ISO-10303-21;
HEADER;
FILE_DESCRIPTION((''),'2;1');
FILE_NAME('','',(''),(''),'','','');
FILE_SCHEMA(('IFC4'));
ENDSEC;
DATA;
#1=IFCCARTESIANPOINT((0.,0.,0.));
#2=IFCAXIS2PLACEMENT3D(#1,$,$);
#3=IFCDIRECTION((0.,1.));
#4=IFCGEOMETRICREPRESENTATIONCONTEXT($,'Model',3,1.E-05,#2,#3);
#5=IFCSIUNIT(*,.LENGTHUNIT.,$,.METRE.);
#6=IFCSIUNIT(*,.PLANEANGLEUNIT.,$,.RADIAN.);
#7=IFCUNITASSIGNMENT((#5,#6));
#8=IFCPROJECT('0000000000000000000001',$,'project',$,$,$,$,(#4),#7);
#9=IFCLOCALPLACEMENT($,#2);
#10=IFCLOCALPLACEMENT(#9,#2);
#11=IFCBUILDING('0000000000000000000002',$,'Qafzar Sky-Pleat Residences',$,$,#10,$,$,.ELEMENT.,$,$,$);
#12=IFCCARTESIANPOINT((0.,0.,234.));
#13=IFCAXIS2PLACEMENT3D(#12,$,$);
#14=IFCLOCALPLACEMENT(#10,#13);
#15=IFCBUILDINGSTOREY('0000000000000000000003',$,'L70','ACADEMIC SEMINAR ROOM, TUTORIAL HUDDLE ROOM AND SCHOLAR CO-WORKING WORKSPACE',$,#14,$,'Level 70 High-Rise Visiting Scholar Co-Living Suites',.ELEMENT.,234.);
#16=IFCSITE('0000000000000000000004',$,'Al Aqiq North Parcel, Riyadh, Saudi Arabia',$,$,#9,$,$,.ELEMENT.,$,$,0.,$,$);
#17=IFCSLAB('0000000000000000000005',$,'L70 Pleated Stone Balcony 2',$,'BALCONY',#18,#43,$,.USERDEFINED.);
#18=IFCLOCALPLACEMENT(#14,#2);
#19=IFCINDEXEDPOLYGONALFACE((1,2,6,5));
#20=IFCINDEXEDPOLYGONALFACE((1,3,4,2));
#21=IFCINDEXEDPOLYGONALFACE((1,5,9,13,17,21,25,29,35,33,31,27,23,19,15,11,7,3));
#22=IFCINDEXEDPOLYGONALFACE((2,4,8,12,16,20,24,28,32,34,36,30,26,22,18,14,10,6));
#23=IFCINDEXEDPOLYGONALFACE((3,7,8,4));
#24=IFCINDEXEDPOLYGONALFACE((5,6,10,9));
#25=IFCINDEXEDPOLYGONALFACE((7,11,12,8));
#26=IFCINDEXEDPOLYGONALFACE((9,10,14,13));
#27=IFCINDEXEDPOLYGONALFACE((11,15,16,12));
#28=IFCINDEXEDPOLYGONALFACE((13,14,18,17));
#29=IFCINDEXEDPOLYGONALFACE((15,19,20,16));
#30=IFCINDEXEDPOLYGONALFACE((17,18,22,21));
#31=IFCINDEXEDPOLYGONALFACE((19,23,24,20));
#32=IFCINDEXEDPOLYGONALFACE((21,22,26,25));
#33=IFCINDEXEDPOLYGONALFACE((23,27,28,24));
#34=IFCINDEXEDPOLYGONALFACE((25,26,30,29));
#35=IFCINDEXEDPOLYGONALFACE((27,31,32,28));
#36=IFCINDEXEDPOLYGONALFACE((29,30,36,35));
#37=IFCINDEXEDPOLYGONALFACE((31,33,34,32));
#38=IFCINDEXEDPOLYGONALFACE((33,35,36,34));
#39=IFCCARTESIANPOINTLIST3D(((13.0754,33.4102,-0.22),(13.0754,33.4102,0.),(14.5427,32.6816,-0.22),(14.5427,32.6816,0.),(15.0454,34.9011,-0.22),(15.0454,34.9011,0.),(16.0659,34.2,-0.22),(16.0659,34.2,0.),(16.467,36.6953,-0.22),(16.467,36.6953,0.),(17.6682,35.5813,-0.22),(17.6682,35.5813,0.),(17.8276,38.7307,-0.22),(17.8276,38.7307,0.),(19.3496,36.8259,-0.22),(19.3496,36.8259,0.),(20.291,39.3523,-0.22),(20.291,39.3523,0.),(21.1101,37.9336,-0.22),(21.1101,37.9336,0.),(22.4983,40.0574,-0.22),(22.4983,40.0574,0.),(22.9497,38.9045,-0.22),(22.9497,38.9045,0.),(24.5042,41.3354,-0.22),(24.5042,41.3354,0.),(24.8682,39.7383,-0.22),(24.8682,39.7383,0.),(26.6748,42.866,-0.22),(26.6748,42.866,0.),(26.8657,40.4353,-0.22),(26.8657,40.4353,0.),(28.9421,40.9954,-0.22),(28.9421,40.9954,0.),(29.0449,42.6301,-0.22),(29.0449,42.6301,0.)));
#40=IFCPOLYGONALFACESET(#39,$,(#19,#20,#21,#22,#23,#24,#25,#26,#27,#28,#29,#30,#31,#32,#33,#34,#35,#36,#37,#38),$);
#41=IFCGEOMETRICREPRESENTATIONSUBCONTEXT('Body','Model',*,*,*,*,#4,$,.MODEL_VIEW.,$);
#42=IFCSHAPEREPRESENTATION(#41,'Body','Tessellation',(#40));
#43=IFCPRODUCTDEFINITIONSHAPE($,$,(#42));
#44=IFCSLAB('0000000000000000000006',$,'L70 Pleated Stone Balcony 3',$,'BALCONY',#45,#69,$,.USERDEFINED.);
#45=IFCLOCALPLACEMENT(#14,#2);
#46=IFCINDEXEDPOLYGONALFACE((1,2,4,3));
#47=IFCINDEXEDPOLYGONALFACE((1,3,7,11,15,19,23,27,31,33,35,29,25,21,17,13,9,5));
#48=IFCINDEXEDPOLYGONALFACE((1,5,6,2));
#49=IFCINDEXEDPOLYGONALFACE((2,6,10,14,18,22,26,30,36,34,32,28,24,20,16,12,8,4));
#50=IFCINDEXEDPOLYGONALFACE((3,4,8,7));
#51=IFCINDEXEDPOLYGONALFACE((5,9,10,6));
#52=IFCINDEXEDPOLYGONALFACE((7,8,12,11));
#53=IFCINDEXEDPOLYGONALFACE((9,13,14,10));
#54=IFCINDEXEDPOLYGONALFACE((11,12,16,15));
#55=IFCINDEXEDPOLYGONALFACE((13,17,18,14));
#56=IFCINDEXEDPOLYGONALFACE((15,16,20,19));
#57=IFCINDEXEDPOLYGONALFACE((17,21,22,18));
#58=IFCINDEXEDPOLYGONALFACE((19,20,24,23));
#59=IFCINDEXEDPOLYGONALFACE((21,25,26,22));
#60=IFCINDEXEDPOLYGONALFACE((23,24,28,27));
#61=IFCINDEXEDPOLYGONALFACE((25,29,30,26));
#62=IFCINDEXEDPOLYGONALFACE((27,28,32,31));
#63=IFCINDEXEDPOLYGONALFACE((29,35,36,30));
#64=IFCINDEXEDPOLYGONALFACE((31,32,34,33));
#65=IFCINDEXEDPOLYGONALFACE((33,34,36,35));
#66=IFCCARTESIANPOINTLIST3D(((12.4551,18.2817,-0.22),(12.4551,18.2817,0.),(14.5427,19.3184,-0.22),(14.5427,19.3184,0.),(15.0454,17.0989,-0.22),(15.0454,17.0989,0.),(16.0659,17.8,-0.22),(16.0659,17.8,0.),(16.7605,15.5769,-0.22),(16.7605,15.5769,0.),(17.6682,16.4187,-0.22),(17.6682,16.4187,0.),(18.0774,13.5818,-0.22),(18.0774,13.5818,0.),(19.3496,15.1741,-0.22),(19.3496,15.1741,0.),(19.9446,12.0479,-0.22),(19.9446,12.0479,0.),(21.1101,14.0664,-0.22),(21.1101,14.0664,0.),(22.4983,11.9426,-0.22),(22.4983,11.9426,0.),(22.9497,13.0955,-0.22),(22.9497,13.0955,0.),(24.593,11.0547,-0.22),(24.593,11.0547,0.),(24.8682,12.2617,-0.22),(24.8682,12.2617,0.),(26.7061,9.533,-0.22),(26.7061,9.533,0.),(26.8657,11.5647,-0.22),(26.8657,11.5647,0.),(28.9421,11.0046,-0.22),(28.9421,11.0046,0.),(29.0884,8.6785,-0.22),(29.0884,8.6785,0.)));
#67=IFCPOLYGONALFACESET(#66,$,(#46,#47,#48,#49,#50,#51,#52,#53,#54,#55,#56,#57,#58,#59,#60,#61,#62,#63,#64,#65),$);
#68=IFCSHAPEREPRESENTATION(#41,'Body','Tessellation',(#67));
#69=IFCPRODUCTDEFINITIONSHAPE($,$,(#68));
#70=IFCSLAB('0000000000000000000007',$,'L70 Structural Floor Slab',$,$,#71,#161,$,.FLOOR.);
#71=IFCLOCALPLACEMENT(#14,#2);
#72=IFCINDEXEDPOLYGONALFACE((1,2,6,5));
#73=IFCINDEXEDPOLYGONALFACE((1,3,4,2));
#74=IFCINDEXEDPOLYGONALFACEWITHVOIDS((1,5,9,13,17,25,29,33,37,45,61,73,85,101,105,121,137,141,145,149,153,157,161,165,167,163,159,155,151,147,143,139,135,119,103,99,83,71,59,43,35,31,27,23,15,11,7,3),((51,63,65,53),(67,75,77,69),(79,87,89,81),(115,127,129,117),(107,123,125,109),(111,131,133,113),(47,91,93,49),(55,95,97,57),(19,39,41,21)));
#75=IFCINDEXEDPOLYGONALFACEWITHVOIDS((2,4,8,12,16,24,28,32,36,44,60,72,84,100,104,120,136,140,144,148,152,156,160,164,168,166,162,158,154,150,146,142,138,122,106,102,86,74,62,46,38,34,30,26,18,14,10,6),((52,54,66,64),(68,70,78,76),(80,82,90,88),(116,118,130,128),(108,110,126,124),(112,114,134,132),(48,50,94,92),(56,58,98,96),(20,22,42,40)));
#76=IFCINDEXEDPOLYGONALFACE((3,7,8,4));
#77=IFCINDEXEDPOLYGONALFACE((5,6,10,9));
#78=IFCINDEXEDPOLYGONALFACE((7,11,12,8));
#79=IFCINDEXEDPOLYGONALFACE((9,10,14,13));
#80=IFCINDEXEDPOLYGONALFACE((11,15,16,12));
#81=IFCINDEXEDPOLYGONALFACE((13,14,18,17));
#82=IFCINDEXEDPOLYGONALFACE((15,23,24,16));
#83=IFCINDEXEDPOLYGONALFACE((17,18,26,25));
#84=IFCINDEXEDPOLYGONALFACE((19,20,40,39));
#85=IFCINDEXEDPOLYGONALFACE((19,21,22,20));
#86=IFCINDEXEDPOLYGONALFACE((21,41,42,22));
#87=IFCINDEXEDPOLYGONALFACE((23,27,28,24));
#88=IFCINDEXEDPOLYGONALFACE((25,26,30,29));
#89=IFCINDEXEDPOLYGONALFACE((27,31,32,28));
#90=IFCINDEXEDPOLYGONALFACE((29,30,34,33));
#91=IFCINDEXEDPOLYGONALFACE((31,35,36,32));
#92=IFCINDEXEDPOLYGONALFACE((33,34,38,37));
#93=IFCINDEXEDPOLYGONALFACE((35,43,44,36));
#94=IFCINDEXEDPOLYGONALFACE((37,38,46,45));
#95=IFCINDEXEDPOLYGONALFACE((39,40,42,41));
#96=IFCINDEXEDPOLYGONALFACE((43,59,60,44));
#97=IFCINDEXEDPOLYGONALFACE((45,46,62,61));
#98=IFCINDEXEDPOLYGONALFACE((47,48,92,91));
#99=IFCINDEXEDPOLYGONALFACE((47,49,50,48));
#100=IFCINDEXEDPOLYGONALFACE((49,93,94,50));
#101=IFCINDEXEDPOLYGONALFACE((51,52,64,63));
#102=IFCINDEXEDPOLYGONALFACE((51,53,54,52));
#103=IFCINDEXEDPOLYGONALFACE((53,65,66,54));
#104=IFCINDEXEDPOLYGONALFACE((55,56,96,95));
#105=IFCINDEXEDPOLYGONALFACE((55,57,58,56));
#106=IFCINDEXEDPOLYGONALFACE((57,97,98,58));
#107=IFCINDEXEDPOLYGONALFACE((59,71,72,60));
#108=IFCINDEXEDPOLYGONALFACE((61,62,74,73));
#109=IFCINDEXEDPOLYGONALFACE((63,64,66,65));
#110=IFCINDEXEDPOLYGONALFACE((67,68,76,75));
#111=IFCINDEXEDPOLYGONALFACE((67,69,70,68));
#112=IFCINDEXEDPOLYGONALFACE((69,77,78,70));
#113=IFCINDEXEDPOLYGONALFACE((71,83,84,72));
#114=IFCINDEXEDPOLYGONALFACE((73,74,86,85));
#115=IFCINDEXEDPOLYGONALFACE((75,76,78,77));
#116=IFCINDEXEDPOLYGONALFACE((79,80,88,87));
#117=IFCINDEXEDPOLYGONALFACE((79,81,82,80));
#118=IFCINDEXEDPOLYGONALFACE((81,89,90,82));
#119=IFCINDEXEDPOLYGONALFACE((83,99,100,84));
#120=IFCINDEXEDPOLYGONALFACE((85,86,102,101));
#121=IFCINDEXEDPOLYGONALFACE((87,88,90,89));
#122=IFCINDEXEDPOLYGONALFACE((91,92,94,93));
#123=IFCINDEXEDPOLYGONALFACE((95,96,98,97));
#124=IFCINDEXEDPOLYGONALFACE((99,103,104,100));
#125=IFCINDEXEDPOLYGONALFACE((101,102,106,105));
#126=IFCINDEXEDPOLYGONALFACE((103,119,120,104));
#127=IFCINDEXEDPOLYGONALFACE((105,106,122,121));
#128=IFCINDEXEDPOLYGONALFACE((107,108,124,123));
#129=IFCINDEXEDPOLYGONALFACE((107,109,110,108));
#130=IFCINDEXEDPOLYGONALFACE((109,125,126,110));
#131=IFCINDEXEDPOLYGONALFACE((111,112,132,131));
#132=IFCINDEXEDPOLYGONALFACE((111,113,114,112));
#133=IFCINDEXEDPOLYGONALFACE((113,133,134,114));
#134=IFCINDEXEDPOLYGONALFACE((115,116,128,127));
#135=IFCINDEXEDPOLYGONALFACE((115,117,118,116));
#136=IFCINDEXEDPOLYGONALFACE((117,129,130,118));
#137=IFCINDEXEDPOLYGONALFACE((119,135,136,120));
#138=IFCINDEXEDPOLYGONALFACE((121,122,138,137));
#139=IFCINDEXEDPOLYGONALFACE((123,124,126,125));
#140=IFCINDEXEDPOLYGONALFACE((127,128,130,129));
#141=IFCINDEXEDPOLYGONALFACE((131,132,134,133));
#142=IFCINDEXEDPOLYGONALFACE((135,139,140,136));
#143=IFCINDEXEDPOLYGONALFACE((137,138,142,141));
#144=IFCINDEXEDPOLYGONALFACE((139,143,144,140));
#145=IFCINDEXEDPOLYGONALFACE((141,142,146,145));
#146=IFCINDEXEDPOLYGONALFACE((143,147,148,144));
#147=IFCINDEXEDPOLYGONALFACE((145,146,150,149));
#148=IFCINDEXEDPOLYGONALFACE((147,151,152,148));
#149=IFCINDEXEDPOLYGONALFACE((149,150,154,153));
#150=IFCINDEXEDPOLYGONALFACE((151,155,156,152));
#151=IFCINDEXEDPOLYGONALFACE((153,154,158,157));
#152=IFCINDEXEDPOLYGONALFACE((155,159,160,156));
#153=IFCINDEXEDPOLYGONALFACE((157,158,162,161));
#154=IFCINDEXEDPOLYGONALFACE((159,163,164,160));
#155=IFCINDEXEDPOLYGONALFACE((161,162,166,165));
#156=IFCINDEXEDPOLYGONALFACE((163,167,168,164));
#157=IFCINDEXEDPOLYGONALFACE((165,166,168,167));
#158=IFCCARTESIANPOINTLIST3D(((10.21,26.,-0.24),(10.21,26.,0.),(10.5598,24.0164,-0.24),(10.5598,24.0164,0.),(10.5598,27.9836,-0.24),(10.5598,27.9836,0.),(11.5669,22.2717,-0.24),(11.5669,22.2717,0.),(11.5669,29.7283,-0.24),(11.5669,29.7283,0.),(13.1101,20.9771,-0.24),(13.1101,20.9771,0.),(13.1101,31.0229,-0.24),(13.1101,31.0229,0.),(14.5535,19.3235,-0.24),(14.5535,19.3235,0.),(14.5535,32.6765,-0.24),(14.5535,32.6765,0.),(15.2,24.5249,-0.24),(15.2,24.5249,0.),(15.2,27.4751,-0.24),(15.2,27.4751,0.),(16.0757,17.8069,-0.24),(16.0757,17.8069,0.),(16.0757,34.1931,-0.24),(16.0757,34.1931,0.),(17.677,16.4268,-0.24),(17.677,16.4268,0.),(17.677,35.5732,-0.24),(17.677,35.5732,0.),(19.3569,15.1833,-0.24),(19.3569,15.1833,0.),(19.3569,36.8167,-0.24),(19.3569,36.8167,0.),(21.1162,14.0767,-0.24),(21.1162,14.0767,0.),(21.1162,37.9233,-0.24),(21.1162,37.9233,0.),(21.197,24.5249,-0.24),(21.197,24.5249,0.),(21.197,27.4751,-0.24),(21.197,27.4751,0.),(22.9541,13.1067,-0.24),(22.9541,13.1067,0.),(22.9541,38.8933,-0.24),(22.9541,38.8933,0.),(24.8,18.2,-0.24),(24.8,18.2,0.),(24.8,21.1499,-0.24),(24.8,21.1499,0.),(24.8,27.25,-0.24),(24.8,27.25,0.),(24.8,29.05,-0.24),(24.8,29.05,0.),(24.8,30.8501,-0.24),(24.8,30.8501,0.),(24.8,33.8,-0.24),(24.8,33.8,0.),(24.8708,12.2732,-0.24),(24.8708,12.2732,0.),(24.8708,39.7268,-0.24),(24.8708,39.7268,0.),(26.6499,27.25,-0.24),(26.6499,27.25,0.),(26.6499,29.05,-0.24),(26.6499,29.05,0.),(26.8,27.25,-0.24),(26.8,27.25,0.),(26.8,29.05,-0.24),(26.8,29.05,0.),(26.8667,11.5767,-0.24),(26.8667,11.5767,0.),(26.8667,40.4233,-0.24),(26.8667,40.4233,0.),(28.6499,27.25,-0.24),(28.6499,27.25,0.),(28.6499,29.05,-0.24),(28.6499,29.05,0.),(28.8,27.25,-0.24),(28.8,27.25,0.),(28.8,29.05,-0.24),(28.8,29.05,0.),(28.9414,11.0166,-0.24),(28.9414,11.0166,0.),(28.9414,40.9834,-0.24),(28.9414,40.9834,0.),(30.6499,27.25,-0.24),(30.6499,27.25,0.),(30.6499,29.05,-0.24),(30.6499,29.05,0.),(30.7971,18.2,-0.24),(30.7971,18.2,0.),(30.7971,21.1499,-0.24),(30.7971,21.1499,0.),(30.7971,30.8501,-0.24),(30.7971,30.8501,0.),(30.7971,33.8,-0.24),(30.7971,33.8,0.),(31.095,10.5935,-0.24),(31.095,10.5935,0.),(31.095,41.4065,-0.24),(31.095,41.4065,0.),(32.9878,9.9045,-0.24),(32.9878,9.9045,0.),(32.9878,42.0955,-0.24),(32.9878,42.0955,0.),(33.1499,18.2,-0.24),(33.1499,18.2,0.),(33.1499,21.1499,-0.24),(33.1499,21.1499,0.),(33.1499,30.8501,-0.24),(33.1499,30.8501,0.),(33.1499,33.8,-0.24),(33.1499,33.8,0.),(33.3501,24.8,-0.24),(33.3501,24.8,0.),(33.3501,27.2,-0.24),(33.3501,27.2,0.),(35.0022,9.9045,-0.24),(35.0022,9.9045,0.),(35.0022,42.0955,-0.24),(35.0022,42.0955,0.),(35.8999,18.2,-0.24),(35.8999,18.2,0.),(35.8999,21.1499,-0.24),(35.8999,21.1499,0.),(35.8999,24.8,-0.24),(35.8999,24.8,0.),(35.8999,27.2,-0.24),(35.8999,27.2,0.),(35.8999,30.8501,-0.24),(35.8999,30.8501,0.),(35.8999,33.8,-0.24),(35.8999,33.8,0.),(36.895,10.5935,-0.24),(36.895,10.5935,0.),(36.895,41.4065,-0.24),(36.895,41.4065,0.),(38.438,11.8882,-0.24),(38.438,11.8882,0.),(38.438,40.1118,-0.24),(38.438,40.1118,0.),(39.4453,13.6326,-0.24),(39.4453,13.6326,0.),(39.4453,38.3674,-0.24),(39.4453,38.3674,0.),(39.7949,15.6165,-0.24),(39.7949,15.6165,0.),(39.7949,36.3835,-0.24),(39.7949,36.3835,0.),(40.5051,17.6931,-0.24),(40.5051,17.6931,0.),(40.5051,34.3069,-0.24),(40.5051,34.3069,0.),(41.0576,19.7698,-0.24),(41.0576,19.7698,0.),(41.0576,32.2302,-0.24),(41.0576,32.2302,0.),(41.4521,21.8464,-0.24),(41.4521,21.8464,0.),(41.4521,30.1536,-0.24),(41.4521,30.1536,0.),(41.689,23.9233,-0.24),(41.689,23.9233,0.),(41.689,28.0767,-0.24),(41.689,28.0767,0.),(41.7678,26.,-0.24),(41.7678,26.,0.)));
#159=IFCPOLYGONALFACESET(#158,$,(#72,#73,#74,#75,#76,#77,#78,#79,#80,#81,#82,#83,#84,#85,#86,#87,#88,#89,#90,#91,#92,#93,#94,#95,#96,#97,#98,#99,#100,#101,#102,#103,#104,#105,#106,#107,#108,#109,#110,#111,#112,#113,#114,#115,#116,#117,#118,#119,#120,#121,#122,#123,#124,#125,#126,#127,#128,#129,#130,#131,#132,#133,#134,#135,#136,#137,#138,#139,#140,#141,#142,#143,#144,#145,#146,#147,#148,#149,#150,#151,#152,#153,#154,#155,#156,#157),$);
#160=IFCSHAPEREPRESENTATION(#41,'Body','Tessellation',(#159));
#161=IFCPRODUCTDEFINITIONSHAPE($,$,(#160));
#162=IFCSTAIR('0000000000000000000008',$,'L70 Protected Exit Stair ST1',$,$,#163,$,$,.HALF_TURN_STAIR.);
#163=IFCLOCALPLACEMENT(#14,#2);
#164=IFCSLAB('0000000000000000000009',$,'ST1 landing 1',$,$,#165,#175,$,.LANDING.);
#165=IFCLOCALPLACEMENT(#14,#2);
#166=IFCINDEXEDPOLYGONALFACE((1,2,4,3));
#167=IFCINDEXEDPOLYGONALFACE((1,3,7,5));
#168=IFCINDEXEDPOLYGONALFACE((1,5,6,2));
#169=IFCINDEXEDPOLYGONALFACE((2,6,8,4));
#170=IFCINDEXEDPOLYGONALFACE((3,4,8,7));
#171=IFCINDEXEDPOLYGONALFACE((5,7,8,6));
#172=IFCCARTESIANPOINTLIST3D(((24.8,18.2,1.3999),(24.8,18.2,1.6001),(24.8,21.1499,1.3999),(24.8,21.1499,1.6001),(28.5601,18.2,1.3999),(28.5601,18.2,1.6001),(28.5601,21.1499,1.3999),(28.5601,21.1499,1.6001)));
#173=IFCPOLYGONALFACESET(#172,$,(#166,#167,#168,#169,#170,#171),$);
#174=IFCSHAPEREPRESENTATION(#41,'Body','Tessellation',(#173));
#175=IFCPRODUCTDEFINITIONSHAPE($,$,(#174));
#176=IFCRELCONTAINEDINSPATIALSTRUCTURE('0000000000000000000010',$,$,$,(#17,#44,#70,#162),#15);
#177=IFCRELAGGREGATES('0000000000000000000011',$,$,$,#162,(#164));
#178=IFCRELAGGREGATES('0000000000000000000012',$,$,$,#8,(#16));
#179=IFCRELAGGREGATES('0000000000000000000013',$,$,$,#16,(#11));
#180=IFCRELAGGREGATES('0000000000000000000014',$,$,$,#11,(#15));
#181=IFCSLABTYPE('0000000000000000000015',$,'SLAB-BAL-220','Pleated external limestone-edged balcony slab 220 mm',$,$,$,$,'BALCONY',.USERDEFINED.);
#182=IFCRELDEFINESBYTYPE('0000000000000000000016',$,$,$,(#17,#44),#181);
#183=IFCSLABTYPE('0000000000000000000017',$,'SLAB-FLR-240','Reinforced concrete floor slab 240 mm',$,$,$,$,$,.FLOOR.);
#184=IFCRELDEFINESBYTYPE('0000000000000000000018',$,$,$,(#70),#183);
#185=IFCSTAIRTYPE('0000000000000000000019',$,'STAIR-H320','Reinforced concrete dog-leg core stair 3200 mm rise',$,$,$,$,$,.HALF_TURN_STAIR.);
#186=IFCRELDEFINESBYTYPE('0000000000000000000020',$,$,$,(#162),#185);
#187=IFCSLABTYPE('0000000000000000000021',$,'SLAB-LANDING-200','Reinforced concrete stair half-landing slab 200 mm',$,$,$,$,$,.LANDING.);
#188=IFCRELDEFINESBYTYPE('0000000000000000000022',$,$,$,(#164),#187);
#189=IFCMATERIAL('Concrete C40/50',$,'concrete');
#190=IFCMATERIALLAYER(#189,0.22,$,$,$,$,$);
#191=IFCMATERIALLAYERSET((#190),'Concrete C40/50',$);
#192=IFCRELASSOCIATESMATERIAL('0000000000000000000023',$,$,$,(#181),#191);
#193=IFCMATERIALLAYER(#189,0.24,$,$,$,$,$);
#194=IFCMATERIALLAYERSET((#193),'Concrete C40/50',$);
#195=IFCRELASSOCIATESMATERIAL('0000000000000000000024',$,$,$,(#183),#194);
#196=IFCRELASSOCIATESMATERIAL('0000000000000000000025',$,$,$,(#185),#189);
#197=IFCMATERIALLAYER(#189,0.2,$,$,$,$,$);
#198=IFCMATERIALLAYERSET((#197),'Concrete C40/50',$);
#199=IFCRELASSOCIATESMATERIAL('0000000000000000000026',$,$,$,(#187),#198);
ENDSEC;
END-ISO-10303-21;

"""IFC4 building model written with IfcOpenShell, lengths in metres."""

from ifc_helpers import new_model, si_unit, direction, frame, origin, place, context, subcontext, project, spatial, polyline, outline, extrude, material, layer, layer_set, type_object, element, aggregate, save


model = new_model("IFC4")

# Units and contexts
model_context = context("Model", 3, precision=1e-05, world=origin(), true_north=direction((0.0, 1.0)))
body_context = subcontext(model_context, "Body", "Model", "MODEL_VIEW")
ifc_project = project(units=[si_unit("LENGTHUNIT", "METRE"), si_unit("PLANEANGLEUNIT", "RADIAN")], contexts=[model_context])

# Site, building, storey
site_placement = place(None, origin())
site = spatial("IfcSite", under=ifc_project, at=site_placement, Name="Al Aqiq North Parcel, Riyadh, Saudi Arabia", CompositionType="ELEMENT", RefElevation=0.0)
building_placement = place(site_placement, origin())
building = spatial("IfcBuilding", under=site, at=building_placement, Name="Qafzar Sky-Pleat Residences", CompositionType="ELEMENT")
storey_placement = place(building_placement, frame((0.0, 0.0, 234.0)))
storey = spatial("IfcBuildingStorey", under=building, at=storey_placement, Name="L70", Description="ACADEMIC SEMINAR ROOM, TUTORIAL HUDDLE ROOM AND SCHOLAR CO-WORKING WORKSPACE", LongName="Level 70 High-Rise Visiting Scholar Co-Living Suites", CompositionType="ELEMENT", Elevation=234.0)

# Slabs
ifc_material_1 = material(Name="Concrete C40/50", Category="concrete")
ifc_layer_1 = layer(ifc_material_1, 0.22)
ifc_layer_set_1 = layer_set([ifc_layer_1], Name="Concrete C40/50")
slab_type_1 = type_object("IfcSlabType", Name="SLAB-BAL-220", Description="Pleated external limestone-edged balcony slab 220 mm", ElementType="BALCONY", PredefinedType="USERDEFINED", material=ifc_layer_set_1)
slab_1_placement = place(storey_placement, frame((0.0, 0.0, -0.22)))
element("IfcSlab", 1, at=slab_1_placement, inside=storey, type_object=slab_type_1, Name="L70 Pleated Stone Balcony 2", ObjectType="BALCONY", PredefinedType="USERDEFINED", context=body_context, shape_type="SweptSolid", body=[
    extrude(outline(polyline([(26.8657, 40.4353), (24.8682, 39.7383), (22.9497, 38.9045), (21.1101, 37.9336), (19.3496, 36.8259), (17.6682, 35.5813), (16.0659, 34.2), (14.5427, 32.6816), (13.0754, 33.4102), (15.0454, 34.9011), (16.467, 36.6953), (17.8276, 38.7307), (20.291, 39.3523), (22.4983, 40.0574), (24.5042, 41.3354), (26.6748, 42.866), (29.0449, 42.6301), (28.9421, 40.9954), (26.8657, 40.4353)])), origin(), (0.0, 0.0, 1.0), 0.22),
])
slab_2_placement = place(storey_placement, frame((0.0, 0.0, -0.22)))
element("IfcSlab", 2, at=slab_2_placement, inside=storey, type_object=slab_type_1, Name="L70 Pleated Stone Balcony 3", ObjectType="BALCONY", PredefinedType="USERDEFINED", context=body_context, shape_type="SweptSolid", body=[
    extrude(outline(polyline([(16.0659, 17.8), (17.6682, 16.4187), (19.3496, 15.1741), (21.1101, 14.0664), (22.9497, 13.0955), (24.8682, 12.2617), (26.8657, 11.5647), (28.9421, 11.0046), (29.0884, 8.6785), (26.7061, 9.533), (24.593, 11.0547), (22.4983, 11.9426), (19.9446, 12.0479), (18.0774, 13.5818), (16.7605, 15.5769), (15.0454, 17.0989), (12.4551, 18.2817), (14.5427, 19.3184), (16.0659, 17.8)])), origin(), (0.0, 0.0, 1.0), 0.22),
])
ifc_layer_2 = layer(ifc_material_1, 0.24)
ifc_layer_set_2 = layer_set([ifc_layer_2], Name="Concrete C40/50")
slab_type_2 = type_object("IfcSlabType", Name="SLAB-FLR-240", Description="Reinforced concrete floor slab 240 mm", PredefinedType="FLOOR", material=ifc_layer_set_2)
slab_3_placement = place(storey_placement, frame((0.0, 0.0, -0.24)))
element("IfcSlab", 3, at=slab_3_placement, inside=storey, type_object=slab_type_2, Name="L70 Structural Floor Slab", PredefinedType="FLOOR", context=body_context, shape_type="SweptSolid", body=[
    extrude(outline(polyline([(13.1101, 31.0229), (11.5669, 29.7283), (10.5598, 27.9836), (10.21, 26.0), (10.5598, 24.0164), (11.5669, 22.2717), (13.1101, 20.9771), (14.5535, 19.3235), (16.0757, 17.8069), (17.677, 16.4268), (19.3569, 15.1833), (21.1162, 14.0767), (22.9541, 13.1067), (24.8708, 12.2732), (26.8667, 11.5767), (28.9414, 11.0166), (31.095, 10.5935), (32.9878, 9.9045), (35.0022, 9.9045), (36.895, 10.5935), (38.438, 11.8882), (39.4453, 13.6326), (39.7949, 15.6165), (40.5051, 17.6931), (41.0576, 19.7698), (41.4521, 21.8464), (41.689, 23.9233), (41.7678, 26.0), (41.689, 28.0767), (41.4521, 30.1536), (41.0576, 32.2302), (40.5051, 34.3069), (39.7949, 36.3835), (39.4453, 38.3674), (38.438, 40.1118), (36.895, 41.4065), (35.0022, 42.0955), (32.9878, 42.0955), (31.095, 41.4065), (28.9414, 40.9834), (26.8667, 40.4233), (24.8708, 39.7268), (22.9541, 38.8933), (21.1162, 37.9233), (19.3569, 36.8167), (17.677, 35.5732), (16.0757, 34.1931), (14.5535, 32.6765), (13.1101, 31.0229)]), holes=[polyline([(30.7971, 21.1499), (24.8, 21.1499), (24.8, 18.2), (30.7971, 18.2), (30.7971, 21.1499)]), polyline([(30.7971, 33.8), (24.8, 33.8), (24.8, 30.8501), (30.7971, 30.8501), (30.7971, 33.8)]), polyline([(21.197, 27.4751), (15.2, 27.4751), (15.2, 24.5249), (21.197, 24.5249), (21.197, 27.4751)]), polyline([(24.8, 27.25), (26.6499, 27.25), (26.6499, 29.05), (24.8, 29.05), (24.8, 27.25)]), polyline([(26.8, 27.25), (28.6499, 27.25), (28.6499, 29.05), (26.8, 29.05), (26.8, 27.25)]), polyline([(28.8, 27.25), (30.6499, 27.25), (30.6499, 29.05), (28.8, 29.05), (28.8, 27.25)]), polyline([(33.1499, 18.2), (35.8999, 18.2), (35.8999, 21.1499), (33.1499, 21.1499), (33.1499, 18.2)]), polyline([(33.1499, 30.8501), (35.8999, 30.8501), (35.8999, 33.8), (33.1499, 33.8), (33.1499, 30.8501)]), polyline([(33.3501, 24.8), (35.8999, 24.8), (35.8999, 27.2), (33.3501, 27.2), (33.3501, 24.8)])]), origin(), (0.0, 0.0, 1.0), 0.24),
])

# Stair, slab
stair_type = type_object("IfcStairType", Name="STAIR-H320", Description="Reinforced concrete dog-leg core stair 3200 mm rise", PredefinedType="HALF_TURN_STAIR", material=ifc_material_1)
stair_1_placement = place(storey_placement, origin())
stair_1 = element("IfcStair", 4, at=stair_1_placement, inside=storey, type_object=stair_type, Name="L70 Protected Exit Stair ST1", PredefinedType="HALF_TURN_STAIR")
ifc_layer_3 = layer(ifc_material_1, 0.2)
ifc_layer_set_3 = layer_set([ifc_layer_3], Name="Concrete C40/50")
slab_type_3 = type_object("IfcSlabType", Name="SLAB-LANDING-200", Description="Reinforced concrete stair half-landing slab 200 mm", PredefinedType="LANDING", material=ifc_layer_set_3)
slab_4_placement = place(storey_placement, frame((0.0, 0.0, 1.3999)))
slab_4 = element("IfcSlab", 5, at=slab_4_placement, type_object=slab_type_3, Name="ST1 landing 1", PredefinedType="LANDING", context=body_context, shape_type="SweptSolid", body=[
    extrude(outline(polyline([(28.5601, 21.1499), (24.8, 21.1499), (24.8, 18.2), (28.5601, 18.2), (28.5601, 21.1499)])), origin(), (0.0, 0.0, 1.0), 0.2002),
])
aggregate(stair_1, [slab_4])

save(model, "model.ifc")
